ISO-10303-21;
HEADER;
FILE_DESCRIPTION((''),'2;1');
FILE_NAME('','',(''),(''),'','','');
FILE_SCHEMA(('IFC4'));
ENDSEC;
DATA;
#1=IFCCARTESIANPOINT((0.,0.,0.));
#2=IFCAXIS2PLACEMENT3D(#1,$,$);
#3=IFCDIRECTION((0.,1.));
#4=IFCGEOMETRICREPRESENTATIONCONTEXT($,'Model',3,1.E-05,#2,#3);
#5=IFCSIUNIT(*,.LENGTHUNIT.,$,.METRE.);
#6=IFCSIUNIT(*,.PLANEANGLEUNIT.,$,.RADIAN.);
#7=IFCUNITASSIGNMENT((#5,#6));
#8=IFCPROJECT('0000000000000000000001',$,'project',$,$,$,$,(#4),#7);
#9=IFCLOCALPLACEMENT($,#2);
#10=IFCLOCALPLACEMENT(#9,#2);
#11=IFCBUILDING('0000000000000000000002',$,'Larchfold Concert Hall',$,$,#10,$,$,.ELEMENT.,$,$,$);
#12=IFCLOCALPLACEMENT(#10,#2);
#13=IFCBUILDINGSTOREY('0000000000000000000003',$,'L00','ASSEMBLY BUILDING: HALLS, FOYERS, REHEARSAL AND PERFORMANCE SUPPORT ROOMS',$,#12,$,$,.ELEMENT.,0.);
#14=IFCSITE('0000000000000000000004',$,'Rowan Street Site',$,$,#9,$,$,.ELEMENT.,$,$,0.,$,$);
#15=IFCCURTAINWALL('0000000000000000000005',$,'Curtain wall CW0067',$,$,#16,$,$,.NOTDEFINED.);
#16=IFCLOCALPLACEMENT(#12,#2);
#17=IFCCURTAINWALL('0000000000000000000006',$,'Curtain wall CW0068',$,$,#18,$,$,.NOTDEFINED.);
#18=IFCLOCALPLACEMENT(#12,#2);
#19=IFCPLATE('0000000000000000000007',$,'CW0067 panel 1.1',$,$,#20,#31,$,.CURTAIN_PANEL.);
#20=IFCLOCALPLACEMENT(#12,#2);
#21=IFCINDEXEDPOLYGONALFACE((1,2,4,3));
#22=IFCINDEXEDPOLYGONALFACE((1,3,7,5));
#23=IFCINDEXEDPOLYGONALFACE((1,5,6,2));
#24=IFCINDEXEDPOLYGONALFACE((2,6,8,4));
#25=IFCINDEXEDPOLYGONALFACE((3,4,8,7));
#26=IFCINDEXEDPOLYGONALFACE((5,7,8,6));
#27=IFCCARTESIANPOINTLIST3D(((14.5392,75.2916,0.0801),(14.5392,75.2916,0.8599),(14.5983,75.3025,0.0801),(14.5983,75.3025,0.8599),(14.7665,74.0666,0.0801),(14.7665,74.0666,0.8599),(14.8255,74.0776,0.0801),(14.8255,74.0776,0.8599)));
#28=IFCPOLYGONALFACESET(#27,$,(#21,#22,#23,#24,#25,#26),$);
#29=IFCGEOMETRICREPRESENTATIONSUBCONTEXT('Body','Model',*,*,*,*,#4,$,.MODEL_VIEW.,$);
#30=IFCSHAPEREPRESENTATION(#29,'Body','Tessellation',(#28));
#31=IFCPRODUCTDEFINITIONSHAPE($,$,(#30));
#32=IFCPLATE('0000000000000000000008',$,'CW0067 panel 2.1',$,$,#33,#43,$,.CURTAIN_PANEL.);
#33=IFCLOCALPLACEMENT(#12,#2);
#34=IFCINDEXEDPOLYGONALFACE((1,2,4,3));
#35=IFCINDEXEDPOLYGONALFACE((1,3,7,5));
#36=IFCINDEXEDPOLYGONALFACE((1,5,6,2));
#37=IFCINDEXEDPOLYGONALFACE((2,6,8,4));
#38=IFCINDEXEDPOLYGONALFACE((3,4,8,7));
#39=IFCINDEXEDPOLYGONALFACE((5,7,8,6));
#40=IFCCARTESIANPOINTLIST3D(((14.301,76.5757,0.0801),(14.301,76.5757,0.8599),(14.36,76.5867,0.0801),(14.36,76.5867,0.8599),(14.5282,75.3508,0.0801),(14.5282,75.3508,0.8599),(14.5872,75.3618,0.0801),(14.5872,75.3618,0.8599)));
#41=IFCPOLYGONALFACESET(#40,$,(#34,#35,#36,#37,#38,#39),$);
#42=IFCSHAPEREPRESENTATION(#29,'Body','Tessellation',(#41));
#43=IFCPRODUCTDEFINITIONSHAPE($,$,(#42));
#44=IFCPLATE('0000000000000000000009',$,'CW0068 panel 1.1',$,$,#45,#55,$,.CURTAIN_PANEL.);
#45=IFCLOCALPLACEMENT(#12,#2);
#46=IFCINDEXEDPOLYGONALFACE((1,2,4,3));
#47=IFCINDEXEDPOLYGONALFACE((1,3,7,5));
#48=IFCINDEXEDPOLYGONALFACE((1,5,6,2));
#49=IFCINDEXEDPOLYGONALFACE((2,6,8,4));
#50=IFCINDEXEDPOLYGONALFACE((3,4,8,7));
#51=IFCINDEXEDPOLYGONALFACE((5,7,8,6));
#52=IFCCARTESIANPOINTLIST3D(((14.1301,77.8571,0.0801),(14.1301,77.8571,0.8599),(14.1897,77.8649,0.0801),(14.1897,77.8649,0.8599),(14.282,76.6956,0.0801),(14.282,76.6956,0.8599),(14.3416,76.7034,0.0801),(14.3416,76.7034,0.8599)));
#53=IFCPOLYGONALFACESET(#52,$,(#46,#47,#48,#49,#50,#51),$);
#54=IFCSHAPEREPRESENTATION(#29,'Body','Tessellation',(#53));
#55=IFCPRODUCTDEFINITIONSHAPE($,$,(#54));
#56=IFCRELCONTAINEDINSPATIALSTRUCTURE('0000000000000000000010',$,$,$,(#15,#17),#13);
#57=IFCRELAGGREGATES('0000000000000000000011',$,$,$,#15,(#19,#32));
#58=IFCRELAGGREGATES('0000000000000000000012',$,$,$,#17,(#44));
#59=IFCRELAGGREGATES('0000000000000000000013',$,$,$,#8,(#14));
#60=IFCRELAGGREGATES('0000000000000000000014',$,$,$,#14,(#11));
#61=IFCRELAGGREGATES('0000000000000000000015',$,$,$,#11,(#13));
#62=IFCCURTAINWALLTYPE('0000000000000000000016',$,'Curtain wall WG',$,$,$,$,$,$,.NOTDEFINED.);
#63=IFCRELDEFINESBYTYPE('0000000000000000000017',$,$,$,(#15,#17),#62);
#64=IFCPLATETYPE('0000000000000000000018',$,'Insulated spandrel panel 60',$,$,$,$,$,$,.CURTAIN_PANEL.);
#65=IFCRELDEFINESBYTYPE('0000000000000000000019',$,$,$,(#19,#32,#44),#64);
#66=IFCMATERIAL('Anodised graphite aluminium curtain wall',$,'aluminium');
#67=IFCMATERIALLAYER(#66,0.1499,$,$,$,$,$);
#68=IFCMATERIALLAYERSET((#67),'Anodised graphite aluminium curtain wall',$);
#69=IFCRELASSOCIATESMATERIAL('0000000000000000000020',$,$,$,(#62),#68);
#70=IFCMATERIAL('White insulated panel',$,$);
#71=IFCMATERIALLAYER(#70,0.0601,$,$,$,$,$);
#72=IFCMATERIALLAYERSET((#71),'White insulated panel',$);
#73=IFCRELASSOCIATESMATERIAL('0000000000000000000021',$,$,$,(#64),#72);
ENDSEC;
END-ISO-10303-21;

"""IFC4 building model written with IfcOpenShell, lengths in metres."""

from ifc_helpers import new_model, si_unit, direction, frame, origin, origin_2d, place, context, subcontext, project, spatial, rectangle, extrude, material, layer, layer_set, type_object, element, aggregate, save


model = new_model("IFC4")

# Units and contexts
model_context = context("Model", 3, precision=1e-05, world=origin(), true_north=direction((0.0, 1.0)))
body_context = subcontext(model_context, "Body", "Model", "MODEL_VIEW")
ifc_project = project(units=[si_unit("LENGTHUNIT", "METRE"), si_unit("PLANEANGLEUNIT", "RADIAN")], contexts=[model_context])

# Site, building, storey
site_placement = place(None, origin())
site = spatial("IfcSite", under=ifc_project, at=site_placement, Name="Rowan Street Site", CompositionType="ELEMENT", RefElevation=0.0)
building_placement = place(site_placement, origin())
building = spatial("IfcBuilding", under=site, at=building_placement, Name="Larchfold Concert Hall", CompositionType="ELEMENT")
storey_placement = place(building_placement, origin())
storey = spatial("IfcBuildingStorey", under=building, at=storey_placement, Name="L00", Description="ASSEMBLY BUILDING: HALLS, FOYERS, REHEARSAL AND PERFORMANCE SUPPORT ROOMS", CompositionType="ELEMENT", Elevation=0.0)

# Curtain walls
ifc_material_1 = material(Name="Anodised graphite aluminium curtain wall", Category="aluminium")
ifc_layer_1 = layer(ifc_material_1, 0.1499)
ifc_layer_set_1 = layer_set([ifc_layer_1], Name="Anodised graphite aluminium curtain wall")
curtain_wall_type = type_object("IfcCurtainWallType", Name="Curtain wall WG", PredefinedType="NOTDEFINED", material=ifc_layer_set_1)
curtain_wall_1_placement = place(storey_placement, origin())
curtain_wall_1 = element("IfcCurtainWall", 1, at=curtain_wall_1_placement, inside=storey, type_object=curtain_wall_type, Name="Curtain wall CW0067", PredefinedType="NOTDEFINED")
curtain_wall_2_placement = place(storey_placement, origin())
curtain_wall_2 = element("IfcCurtainWall", 2, at=curtain_wall_2_placement, inside=storey, type_object=curtain_wall_type, Name="Curtain wall CW0068", PredefinedType="NOTDEFINED")

# Plates
ifc_material_2 = material(Name="White insulated panel")
ifc_layer_2 = layer(ifc_material_2, 0.0601)
ifc_layer_set_2 = layer_set([ifc_layer_2], Name="White insulated panel")
plate_type_1 = type_object("IfcPlateType", Name="Insulated spandrel panel 60", PredefinedType="CURTAIN_PANEL", material=ifc_layer_set_2)
plate_1_placement = place(storey_placement, frame((14.6824, 74.6846, 0.0801), z_axis=(0.0, 0.0, 1.0), x_axis=(-0.18239, 0.983226, 0.0)))
plate_1 = element("IfcPlate", 3, at=plate_1_placement, type_object=plate_type_1, Name="CW0067 panel 1.1", PredefinedType="CURTAIN_PANEL", context=body_context, shape_type="SweptSolid", body=[
    extrude(rectangle(XDim=1.2458, YDim=0.0601, at=origin_2d()), origin(), (0.0, 0.0, 1.0), 0.7798),
])
plate_2_placement = place(storey_placement, frame((14.4441, 75.9688, 0.0801), z_axis=(0.0, 0.0, 1.0), x_axis=(-0.18239, 0.983226, 0.0)))
plate_2 = element("IfcPlate", 4, at=plate_2_placement, type_object=plate_type_1, Name="CW0067 panel 2.1", PredefinedType="CURTAIN_PANEL", context=body_context, shape_type="SweptSolid", body=[
    extrude(rectangle(XDim=1.2458, YDim=0.0601, at=origin_2d()), origin(), (0.0, 0.0, 1.0), 0.7798),
])
aggregate(curtain_wall_1, [plate_1, plate_2])
plate_3_placement = place(storey_placement, frame((14.2358, 77.2803, 0.0801), z_axis=(0.0, 0.0, 1.0), x_axis=(-0.129678, 0.991556, 0.0)))
plate_3 = element("IfcPlate", 5, at=plate_3_placement, type_object=plate_type_1, Name="CW0068 panel 1.1", PredefinedType="CURTAIN_PANEL", context=body_context, shape_type="SweptSolid", body=[
    extrude(rectangle(XDim=1.1714, YDim=0.0601, at=origin_2d()), origin(), (0.0, 0.0, 1.0), 0.7798),
])
aggregate(curtain_wall_2, [plate_3])

save(model, "model.ifc")
